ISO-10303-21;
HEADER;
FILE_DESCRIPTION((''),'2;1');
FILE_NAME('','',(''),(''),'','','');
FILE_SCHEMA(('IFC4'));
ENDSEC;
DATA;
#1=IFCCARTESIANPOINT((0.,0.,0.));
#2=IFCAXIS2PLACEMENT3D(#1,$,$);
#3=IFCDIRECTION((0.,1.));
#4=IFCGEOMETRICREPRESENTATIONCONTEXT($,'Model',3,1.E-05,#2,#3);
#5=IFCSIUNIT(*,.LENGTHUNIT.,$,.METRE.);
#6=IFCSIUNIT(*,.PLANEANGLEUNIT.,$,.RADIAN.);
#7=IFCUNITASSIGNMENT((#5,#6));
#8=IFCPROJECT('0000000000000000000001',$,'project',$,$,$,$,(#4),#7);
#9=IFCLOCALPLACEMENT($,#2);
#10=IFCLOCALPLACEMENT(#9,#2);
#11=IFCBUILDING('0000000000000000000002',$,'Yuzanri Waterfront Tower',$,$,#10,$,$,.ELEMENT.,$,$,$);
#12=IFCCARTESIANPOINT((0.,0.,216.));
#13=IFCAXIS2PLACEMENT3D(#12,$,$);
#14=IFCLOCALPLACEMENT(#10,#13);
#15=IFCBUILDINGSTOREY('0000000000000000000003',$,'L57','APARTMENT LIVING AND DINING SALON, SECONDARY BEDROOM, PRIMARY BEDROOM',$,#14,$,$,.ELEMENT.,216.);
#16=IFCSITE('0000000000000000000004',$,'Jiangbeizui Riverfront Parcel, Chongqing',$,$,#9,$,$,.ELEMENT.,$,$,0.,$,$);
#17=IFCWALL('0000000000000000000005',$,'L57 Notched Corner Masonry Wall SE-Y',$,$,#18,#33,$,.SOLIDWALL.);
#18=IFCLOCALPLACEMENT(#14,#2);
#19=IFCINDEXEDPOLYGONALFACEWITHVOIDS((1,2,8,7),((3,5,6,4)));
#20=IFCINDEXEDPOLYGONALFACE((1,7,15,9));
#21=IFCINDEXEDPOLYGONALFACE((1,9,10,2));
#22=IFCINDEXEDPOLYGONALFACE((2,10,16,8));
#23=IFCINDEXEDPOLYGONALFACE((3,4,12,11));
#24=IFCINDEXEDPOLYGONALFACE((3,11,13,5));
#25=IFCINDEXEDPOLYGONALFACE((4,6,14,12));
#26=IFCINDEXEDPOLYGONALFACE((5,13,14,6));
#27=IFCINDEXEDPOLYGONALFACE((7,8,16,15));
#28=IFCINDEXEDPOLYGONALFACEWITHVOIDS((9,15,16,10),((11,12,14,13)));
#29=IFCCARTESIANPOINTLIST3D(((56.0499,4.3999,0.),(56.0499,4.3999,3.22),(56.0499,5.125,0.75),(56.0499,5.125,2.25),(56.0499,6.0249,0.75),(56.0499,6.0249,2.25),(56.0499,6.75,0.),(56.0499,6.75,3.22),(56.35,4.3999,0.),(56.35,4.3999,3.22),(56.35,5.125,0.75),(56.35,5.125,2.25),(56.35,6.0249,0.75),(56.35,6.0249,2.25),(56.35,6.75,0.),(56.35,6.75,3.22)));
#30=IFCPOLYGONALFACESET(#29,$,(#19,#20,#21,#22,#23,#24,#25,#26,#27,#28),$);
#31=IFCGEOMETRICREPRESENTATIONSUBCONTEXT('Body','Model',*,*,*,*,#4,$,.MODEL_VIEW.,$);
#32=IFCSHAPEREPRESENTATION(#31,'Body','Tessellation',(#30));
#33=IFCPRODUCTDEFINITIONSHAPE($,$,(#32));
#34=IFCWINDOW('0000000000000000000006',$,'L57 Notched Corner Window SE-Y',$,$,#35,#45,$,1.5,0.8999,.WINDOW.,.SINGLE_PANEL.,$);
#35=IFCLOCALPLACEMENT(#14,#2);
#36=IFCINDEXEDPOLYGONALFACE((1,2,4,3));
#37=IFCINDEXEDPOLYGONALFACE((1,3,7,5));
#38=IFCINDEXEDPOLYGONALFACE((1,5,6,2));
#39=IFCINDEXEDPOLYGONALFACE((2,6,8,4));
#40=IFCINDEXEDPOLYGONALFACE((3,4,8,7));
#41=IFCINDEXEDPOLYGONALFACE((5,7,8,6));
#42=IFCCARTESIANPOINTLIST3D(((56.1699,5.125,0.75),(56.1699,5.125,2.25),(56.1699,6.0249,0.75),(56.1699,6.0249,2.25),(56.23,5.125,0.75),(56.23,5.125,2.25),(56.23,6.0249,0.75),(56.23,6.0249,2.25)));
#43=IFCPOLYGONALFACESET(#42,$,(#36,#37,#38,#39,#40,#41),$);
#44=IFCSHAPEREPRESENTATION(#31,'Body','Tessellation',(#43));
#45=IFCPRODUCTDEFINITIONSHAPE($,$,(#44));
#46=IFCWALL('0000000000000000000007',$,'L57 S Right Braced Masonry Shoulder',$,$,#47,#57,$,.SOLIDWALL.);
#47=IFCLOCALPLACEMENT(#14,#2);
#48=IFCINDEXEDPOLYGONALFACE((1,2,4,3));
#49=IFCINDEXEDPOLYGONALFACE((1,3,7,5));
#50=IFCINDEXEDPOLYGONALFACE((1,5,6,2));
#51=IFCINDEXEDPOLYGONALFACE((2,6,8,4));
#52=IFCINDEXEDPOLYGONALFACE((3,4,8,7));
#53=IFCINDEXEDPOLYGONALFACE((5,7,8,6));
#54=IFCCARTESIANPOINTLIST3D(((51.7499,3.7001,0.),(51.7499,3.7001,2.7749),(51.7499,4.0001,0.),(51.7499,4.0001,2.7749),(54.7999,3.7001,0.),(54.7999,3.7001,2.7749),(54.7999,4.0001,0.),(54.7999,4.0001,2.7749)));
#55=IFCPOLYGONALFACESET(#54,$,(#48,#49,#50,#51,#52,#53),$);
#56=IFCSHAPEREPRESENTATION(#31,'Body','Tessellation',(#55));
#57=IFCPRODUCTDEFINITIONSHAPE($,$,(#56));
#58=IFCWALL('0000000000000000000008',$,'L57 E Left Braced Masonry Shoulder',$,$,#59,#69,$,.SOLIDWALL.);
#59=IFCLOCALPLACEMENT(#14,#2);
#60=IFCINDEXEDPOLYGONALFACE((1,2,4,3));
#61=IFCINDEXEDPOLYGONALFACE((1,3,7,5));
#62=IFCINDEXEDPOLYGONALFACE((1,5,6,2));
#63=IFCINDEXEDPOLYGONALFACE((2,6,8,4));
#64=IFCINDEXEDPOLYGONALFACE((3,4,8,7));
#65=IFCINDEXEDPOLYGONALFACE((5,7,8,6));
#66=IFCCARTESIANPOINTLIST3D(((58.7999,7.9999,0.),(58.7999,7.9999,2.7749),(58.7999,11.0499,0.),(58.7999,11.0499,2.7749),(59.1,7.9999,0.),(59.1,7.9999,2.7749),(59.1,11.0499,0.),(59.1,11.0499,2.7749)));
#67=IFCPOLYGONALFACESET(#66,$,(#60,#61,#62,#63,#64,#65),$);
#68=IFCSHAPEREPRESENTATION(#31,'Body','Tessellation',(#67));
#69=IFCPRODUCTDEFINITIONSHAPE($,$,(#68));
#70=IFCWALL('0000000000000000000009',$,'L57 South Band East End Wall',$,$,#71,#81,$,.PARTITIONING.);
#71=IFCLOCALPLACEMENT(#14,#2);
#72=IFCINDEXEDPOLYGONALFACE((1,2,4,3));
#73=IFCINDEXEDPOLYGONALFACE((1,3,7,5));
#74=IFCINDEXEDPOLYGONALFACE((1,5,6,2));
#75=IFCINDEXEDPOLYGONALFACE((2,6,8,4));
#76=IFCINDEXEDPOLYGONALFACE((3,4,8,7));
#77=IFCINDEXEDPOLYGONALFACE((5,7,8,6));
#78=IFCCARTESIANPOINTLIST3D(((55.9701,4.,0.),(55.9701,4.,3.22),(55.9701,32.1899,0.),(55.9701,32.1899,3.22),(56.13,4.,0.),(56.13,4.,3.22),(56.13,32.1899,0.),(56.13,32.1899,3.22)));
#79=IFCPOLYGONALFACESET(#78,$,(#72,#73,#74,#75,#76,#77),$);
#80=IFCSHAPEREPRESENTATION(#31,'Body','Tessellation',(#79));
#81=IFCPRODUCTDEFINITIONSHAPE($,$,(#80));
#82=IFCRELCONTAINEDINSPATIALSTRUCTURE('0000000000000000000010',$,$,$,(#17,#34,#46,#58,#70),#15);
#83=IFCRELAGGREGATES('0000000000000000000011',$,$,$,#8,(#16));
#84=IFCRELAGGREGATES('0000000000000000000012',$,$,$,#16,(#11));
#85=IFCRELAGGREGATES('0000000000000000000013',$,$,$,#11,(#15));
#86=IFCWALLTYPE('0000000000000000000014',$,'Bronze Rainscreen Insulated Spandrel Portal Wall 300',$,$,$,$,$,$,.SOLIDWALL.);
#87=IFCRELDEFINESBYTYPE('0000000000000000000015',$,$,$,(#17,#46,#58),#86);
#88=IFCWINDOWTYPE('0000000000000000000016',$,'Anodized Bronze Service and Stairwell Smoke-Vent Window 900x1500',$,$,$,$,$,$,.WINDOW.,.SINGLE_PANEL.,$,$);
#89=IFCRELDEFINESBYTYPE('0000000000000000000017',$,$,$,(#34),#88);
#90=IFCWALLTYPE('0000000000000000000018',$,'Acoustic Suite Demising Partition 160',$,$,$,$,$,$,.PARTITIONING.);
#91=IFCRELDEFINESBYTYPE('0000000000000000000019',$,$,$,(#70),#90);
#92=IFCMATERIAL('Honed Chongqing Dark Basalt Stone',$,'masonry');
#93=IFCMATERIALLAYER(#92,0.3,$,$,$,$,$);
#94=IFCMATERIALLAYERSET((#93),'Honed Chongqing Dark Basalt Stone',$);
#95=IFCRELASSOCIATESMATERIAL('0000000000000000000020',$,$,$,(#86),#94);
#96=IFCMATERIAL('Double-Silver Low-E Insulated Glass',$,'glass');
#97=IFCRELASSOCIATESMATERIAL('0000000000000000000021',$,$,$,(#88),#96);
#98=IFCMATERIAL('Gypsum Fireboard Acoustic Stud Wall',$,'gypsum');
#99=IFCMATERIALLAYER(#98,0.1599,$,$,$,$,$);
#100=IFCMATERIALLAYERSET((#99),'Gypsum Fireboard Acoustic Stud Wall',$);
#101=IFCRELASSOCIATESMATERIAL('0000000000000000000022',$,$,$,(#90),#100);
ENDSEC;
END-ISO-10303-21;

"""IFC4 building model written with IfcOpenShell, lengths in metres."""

from ifc_helpers import new_model, si_unit, direction, frame, frame_2d, origin, place, context, subcontext, project, spatial, rectangle, extrude, source, transform, mapped, material, layer, layer_set, type_object, element, fill, save


model = new_model("IFC4")

# Units and contexts
model_context = context("Model", 3, precision=1e-05, world=origin(), true_north=direction((0.0, 1.0)))
body_context = subcontext(model_context, "Body", "Model", "MODEL_VIEW")
ifc_project = project(units=[si_unit("LENGTHUNIT", "METRE"), si_unit("PLANEANGLEUNIT", "RADIAN")], contexts=[model_context])

# Site, building, storey
site_placement = place(None, origin())
site = spatial("IfcSite", under=ifc_project, at=site_placement, Name="Jiangbeizui Riverfront Parcel, Chongqing", CompositionType="ELEMENT", RefElevation=0.0)
building_placement = place(site_placement, origin())
building = spatial("IfcBuilding", under=site, at=building_placement, Name="Yuzanri Waterfront Tower", CompositionType="ELEMENT")
storey_placement = place(building_placement, frame((0.0, 0.0, 216.0)))
storey = spatial("IfcBuildingStorey", under=building, at=storey_placement, Name="L57", Description="APARTMENT LIVING AND DINING SALON, SECONDARY BEDROOM, PRIMARY BEDROOM", CompositionType="ELEMENT", Elevation=216.0)

# Wall, opening, window
ifc_material_1 = material(Name="Honed Chongqing Dark Basalt Stone", Category="masonry")
ifc_layer_1 = layer(ifc_material_1, 0.3)
ifc_layer_set_1 = layer_set([ifc_layer_1], Name="Honed Chongqing Dark Basalt Stone")
wall_type_1 = type_object("IfcWallType", Name="Bronze Rainscreen Insulated Spandrel Portal Wall 300", PredefinedType="SOLIDWALL", material=ifc_layer_set_1)
ifc_material_2 = material(Name="Double-Silver Low-E Insulated Glass", Category="glass")
window_type = type_object("IfcWindowType", Name="Anodized Bronze Service and Stairwell Smoke-Vent Window 900x1500", PartitioningType="SINGLE_PANEL", PredefinedType="WINDOW", material=ifc_material_2)
shared_shape_1 = source(origin(), body_context, "Body", "SweptSolid", [
    extrude(rectangle(XDim=0.8999, YDim=1.5, at=frame_2d((0.45, 0.75))), frame((0.0, 0.03, 0.0), z_axis=(0.0, -1.0, 0.0), x_axis=(1.0, 0.0, 0.0)), (0.0, 0.0, 1.0), 0.0601),
])
wall_1_placement = place(storey_placement, frame((56.2, 4.3999, 0.0), z_axis=(0.0, 0.0, 1.0), x_axis=(0.0, 1.0, 0.0)))
wall_1 = element("IfcWall", 1, at=wall_1_placement, inside=storey, type_object=wall_type_1, Name="L57 Notched Corner Masonry Wall SE-Y", PredefinedType="SOLIDWALL", context=body_context, shape_type="SweptSolid", body=[
    extrude(rectangle(XDim=2.3501, YDim=0.3, at=frame_2d((1.175, 0.0))), origin(), (0.0, 0.0, 1.0), 3.22),
])
opening_1_placement = place(wall_1_placement, frame((0.7251, 0.0, 0.75)))
opening_1 = element("IfcOpeningElement", 2, at=opening_1_placement, cuts=wall_1, PredefinedType="OPENING", context=body_context, shape_type="SweptSolid", body=[
    extrude(rectangle(XDim=0.8999, YDim=1.5, at=frame_2d((0.45, 0.75))), frame((0.0, 0.165, 0.0), z_axis=(0.0, -1.0, 0.0), x_axis=(1.0, 0.0, 0.0)), (0.0, 0.0, 1.0), 0.3298),
])
window_1_placement = place(opening_1_placement, origin())
window_1 = element("IfcWindow", 3, at=window_1_placement, inside=storey, type_object=window_type, Name="L57 Notched Corner Window SE-Y", OverallHeight=1.5, OverallWidth=0.8999, PartitioningType="SINGLE_PANEL", PredefinedType="WINDOW", context=body_context, shape_type="MappedRepresentation", body=[
    mapped(shared_shape_1, transform((0.0, 0.0, 0.0), scale=1.0)),
])
fill(opening_1, window_1)

# Walls
shared_shape_2 = source(origin(), body_context, "Body", "SweptSolid", [
    extrude(rectangle(XDim=3.05, YDim=0.3, at=frame_2d((1.5249, 0.0))), origin(), (0.0, 0.0, 1.0), 2.7749),
])
for number, where, z_axis, x_axis, name in (
    (4, (51.75, 3.8501, 0.0), (0.0, 0.0, 1.0), (1.0, 0.0, 0.0), "L57 S Right Braced Masonry Shoulder"),
    (5, (58.95, 8.0, 0.0), (0.0, 0.0, 1.0), (0.0, 1.0, 0.0), "L57 E Left Braced Masonry Shoulder"),
):
    element("IfcWall", number, at=place(storey_placement, frame(where, z_axis=z_axis, x_axis=x_axis)), inside=storey, type_object=wall_type_1, Name=name, PredefinedType="SOLIDWALL", context=body_context, shape_type="MappedRepresentation", body=[
        mapped(shared_shape_2, transform((0.0, 0.0, 0.0), scale=1.0)),
    ])
ifc_material_3 = material(Name="Gypsum Fireboard Acoustic Stud Wall", Category="gypsum")
ifc_layer_2 = layer(ifc_material_3, 0.1599)
ifc_layer_set_2 = layer_set([ifc_layer_2], Name="Gypsum Fireboard Acoustic Stud Wall")
wall_type_2 = type_object("IfcWallType", Name="Acoustic Suite Demising Partition 160", PredefinedType="PARTITIONING", material=ifc_layer_set_2)
shared_shape_3 = source(origin(), body_context, "Body", "SweptSolid", [
    extrude(rectangle(XDim=28.1899, YDim=0.1599, at=frame_2d((14.095, 0.0))), origin(), (0.0, 0.0, 1.0), 3.22),
])
wall_2_placement = place(storey_placement, frame((56.05, 4.0, 0.0), z_axis=(0.0, 0.0, 1.0), x_axis=(0.0, 1.0, 0.0)))
element("IfcWall", 6, at=wall_2_placement, inside=storey, type_object=wall_type_2, Name="L57 South Band East End Wall", PredefinedType="PARTITIONING", context=body_context, shape_type="MappedRepresentation", body=[
    mapped(shared_shape_3, transform((0.0, 0.0, 0.0), scale=1.0)),
])

save(model, "model.ifc")
